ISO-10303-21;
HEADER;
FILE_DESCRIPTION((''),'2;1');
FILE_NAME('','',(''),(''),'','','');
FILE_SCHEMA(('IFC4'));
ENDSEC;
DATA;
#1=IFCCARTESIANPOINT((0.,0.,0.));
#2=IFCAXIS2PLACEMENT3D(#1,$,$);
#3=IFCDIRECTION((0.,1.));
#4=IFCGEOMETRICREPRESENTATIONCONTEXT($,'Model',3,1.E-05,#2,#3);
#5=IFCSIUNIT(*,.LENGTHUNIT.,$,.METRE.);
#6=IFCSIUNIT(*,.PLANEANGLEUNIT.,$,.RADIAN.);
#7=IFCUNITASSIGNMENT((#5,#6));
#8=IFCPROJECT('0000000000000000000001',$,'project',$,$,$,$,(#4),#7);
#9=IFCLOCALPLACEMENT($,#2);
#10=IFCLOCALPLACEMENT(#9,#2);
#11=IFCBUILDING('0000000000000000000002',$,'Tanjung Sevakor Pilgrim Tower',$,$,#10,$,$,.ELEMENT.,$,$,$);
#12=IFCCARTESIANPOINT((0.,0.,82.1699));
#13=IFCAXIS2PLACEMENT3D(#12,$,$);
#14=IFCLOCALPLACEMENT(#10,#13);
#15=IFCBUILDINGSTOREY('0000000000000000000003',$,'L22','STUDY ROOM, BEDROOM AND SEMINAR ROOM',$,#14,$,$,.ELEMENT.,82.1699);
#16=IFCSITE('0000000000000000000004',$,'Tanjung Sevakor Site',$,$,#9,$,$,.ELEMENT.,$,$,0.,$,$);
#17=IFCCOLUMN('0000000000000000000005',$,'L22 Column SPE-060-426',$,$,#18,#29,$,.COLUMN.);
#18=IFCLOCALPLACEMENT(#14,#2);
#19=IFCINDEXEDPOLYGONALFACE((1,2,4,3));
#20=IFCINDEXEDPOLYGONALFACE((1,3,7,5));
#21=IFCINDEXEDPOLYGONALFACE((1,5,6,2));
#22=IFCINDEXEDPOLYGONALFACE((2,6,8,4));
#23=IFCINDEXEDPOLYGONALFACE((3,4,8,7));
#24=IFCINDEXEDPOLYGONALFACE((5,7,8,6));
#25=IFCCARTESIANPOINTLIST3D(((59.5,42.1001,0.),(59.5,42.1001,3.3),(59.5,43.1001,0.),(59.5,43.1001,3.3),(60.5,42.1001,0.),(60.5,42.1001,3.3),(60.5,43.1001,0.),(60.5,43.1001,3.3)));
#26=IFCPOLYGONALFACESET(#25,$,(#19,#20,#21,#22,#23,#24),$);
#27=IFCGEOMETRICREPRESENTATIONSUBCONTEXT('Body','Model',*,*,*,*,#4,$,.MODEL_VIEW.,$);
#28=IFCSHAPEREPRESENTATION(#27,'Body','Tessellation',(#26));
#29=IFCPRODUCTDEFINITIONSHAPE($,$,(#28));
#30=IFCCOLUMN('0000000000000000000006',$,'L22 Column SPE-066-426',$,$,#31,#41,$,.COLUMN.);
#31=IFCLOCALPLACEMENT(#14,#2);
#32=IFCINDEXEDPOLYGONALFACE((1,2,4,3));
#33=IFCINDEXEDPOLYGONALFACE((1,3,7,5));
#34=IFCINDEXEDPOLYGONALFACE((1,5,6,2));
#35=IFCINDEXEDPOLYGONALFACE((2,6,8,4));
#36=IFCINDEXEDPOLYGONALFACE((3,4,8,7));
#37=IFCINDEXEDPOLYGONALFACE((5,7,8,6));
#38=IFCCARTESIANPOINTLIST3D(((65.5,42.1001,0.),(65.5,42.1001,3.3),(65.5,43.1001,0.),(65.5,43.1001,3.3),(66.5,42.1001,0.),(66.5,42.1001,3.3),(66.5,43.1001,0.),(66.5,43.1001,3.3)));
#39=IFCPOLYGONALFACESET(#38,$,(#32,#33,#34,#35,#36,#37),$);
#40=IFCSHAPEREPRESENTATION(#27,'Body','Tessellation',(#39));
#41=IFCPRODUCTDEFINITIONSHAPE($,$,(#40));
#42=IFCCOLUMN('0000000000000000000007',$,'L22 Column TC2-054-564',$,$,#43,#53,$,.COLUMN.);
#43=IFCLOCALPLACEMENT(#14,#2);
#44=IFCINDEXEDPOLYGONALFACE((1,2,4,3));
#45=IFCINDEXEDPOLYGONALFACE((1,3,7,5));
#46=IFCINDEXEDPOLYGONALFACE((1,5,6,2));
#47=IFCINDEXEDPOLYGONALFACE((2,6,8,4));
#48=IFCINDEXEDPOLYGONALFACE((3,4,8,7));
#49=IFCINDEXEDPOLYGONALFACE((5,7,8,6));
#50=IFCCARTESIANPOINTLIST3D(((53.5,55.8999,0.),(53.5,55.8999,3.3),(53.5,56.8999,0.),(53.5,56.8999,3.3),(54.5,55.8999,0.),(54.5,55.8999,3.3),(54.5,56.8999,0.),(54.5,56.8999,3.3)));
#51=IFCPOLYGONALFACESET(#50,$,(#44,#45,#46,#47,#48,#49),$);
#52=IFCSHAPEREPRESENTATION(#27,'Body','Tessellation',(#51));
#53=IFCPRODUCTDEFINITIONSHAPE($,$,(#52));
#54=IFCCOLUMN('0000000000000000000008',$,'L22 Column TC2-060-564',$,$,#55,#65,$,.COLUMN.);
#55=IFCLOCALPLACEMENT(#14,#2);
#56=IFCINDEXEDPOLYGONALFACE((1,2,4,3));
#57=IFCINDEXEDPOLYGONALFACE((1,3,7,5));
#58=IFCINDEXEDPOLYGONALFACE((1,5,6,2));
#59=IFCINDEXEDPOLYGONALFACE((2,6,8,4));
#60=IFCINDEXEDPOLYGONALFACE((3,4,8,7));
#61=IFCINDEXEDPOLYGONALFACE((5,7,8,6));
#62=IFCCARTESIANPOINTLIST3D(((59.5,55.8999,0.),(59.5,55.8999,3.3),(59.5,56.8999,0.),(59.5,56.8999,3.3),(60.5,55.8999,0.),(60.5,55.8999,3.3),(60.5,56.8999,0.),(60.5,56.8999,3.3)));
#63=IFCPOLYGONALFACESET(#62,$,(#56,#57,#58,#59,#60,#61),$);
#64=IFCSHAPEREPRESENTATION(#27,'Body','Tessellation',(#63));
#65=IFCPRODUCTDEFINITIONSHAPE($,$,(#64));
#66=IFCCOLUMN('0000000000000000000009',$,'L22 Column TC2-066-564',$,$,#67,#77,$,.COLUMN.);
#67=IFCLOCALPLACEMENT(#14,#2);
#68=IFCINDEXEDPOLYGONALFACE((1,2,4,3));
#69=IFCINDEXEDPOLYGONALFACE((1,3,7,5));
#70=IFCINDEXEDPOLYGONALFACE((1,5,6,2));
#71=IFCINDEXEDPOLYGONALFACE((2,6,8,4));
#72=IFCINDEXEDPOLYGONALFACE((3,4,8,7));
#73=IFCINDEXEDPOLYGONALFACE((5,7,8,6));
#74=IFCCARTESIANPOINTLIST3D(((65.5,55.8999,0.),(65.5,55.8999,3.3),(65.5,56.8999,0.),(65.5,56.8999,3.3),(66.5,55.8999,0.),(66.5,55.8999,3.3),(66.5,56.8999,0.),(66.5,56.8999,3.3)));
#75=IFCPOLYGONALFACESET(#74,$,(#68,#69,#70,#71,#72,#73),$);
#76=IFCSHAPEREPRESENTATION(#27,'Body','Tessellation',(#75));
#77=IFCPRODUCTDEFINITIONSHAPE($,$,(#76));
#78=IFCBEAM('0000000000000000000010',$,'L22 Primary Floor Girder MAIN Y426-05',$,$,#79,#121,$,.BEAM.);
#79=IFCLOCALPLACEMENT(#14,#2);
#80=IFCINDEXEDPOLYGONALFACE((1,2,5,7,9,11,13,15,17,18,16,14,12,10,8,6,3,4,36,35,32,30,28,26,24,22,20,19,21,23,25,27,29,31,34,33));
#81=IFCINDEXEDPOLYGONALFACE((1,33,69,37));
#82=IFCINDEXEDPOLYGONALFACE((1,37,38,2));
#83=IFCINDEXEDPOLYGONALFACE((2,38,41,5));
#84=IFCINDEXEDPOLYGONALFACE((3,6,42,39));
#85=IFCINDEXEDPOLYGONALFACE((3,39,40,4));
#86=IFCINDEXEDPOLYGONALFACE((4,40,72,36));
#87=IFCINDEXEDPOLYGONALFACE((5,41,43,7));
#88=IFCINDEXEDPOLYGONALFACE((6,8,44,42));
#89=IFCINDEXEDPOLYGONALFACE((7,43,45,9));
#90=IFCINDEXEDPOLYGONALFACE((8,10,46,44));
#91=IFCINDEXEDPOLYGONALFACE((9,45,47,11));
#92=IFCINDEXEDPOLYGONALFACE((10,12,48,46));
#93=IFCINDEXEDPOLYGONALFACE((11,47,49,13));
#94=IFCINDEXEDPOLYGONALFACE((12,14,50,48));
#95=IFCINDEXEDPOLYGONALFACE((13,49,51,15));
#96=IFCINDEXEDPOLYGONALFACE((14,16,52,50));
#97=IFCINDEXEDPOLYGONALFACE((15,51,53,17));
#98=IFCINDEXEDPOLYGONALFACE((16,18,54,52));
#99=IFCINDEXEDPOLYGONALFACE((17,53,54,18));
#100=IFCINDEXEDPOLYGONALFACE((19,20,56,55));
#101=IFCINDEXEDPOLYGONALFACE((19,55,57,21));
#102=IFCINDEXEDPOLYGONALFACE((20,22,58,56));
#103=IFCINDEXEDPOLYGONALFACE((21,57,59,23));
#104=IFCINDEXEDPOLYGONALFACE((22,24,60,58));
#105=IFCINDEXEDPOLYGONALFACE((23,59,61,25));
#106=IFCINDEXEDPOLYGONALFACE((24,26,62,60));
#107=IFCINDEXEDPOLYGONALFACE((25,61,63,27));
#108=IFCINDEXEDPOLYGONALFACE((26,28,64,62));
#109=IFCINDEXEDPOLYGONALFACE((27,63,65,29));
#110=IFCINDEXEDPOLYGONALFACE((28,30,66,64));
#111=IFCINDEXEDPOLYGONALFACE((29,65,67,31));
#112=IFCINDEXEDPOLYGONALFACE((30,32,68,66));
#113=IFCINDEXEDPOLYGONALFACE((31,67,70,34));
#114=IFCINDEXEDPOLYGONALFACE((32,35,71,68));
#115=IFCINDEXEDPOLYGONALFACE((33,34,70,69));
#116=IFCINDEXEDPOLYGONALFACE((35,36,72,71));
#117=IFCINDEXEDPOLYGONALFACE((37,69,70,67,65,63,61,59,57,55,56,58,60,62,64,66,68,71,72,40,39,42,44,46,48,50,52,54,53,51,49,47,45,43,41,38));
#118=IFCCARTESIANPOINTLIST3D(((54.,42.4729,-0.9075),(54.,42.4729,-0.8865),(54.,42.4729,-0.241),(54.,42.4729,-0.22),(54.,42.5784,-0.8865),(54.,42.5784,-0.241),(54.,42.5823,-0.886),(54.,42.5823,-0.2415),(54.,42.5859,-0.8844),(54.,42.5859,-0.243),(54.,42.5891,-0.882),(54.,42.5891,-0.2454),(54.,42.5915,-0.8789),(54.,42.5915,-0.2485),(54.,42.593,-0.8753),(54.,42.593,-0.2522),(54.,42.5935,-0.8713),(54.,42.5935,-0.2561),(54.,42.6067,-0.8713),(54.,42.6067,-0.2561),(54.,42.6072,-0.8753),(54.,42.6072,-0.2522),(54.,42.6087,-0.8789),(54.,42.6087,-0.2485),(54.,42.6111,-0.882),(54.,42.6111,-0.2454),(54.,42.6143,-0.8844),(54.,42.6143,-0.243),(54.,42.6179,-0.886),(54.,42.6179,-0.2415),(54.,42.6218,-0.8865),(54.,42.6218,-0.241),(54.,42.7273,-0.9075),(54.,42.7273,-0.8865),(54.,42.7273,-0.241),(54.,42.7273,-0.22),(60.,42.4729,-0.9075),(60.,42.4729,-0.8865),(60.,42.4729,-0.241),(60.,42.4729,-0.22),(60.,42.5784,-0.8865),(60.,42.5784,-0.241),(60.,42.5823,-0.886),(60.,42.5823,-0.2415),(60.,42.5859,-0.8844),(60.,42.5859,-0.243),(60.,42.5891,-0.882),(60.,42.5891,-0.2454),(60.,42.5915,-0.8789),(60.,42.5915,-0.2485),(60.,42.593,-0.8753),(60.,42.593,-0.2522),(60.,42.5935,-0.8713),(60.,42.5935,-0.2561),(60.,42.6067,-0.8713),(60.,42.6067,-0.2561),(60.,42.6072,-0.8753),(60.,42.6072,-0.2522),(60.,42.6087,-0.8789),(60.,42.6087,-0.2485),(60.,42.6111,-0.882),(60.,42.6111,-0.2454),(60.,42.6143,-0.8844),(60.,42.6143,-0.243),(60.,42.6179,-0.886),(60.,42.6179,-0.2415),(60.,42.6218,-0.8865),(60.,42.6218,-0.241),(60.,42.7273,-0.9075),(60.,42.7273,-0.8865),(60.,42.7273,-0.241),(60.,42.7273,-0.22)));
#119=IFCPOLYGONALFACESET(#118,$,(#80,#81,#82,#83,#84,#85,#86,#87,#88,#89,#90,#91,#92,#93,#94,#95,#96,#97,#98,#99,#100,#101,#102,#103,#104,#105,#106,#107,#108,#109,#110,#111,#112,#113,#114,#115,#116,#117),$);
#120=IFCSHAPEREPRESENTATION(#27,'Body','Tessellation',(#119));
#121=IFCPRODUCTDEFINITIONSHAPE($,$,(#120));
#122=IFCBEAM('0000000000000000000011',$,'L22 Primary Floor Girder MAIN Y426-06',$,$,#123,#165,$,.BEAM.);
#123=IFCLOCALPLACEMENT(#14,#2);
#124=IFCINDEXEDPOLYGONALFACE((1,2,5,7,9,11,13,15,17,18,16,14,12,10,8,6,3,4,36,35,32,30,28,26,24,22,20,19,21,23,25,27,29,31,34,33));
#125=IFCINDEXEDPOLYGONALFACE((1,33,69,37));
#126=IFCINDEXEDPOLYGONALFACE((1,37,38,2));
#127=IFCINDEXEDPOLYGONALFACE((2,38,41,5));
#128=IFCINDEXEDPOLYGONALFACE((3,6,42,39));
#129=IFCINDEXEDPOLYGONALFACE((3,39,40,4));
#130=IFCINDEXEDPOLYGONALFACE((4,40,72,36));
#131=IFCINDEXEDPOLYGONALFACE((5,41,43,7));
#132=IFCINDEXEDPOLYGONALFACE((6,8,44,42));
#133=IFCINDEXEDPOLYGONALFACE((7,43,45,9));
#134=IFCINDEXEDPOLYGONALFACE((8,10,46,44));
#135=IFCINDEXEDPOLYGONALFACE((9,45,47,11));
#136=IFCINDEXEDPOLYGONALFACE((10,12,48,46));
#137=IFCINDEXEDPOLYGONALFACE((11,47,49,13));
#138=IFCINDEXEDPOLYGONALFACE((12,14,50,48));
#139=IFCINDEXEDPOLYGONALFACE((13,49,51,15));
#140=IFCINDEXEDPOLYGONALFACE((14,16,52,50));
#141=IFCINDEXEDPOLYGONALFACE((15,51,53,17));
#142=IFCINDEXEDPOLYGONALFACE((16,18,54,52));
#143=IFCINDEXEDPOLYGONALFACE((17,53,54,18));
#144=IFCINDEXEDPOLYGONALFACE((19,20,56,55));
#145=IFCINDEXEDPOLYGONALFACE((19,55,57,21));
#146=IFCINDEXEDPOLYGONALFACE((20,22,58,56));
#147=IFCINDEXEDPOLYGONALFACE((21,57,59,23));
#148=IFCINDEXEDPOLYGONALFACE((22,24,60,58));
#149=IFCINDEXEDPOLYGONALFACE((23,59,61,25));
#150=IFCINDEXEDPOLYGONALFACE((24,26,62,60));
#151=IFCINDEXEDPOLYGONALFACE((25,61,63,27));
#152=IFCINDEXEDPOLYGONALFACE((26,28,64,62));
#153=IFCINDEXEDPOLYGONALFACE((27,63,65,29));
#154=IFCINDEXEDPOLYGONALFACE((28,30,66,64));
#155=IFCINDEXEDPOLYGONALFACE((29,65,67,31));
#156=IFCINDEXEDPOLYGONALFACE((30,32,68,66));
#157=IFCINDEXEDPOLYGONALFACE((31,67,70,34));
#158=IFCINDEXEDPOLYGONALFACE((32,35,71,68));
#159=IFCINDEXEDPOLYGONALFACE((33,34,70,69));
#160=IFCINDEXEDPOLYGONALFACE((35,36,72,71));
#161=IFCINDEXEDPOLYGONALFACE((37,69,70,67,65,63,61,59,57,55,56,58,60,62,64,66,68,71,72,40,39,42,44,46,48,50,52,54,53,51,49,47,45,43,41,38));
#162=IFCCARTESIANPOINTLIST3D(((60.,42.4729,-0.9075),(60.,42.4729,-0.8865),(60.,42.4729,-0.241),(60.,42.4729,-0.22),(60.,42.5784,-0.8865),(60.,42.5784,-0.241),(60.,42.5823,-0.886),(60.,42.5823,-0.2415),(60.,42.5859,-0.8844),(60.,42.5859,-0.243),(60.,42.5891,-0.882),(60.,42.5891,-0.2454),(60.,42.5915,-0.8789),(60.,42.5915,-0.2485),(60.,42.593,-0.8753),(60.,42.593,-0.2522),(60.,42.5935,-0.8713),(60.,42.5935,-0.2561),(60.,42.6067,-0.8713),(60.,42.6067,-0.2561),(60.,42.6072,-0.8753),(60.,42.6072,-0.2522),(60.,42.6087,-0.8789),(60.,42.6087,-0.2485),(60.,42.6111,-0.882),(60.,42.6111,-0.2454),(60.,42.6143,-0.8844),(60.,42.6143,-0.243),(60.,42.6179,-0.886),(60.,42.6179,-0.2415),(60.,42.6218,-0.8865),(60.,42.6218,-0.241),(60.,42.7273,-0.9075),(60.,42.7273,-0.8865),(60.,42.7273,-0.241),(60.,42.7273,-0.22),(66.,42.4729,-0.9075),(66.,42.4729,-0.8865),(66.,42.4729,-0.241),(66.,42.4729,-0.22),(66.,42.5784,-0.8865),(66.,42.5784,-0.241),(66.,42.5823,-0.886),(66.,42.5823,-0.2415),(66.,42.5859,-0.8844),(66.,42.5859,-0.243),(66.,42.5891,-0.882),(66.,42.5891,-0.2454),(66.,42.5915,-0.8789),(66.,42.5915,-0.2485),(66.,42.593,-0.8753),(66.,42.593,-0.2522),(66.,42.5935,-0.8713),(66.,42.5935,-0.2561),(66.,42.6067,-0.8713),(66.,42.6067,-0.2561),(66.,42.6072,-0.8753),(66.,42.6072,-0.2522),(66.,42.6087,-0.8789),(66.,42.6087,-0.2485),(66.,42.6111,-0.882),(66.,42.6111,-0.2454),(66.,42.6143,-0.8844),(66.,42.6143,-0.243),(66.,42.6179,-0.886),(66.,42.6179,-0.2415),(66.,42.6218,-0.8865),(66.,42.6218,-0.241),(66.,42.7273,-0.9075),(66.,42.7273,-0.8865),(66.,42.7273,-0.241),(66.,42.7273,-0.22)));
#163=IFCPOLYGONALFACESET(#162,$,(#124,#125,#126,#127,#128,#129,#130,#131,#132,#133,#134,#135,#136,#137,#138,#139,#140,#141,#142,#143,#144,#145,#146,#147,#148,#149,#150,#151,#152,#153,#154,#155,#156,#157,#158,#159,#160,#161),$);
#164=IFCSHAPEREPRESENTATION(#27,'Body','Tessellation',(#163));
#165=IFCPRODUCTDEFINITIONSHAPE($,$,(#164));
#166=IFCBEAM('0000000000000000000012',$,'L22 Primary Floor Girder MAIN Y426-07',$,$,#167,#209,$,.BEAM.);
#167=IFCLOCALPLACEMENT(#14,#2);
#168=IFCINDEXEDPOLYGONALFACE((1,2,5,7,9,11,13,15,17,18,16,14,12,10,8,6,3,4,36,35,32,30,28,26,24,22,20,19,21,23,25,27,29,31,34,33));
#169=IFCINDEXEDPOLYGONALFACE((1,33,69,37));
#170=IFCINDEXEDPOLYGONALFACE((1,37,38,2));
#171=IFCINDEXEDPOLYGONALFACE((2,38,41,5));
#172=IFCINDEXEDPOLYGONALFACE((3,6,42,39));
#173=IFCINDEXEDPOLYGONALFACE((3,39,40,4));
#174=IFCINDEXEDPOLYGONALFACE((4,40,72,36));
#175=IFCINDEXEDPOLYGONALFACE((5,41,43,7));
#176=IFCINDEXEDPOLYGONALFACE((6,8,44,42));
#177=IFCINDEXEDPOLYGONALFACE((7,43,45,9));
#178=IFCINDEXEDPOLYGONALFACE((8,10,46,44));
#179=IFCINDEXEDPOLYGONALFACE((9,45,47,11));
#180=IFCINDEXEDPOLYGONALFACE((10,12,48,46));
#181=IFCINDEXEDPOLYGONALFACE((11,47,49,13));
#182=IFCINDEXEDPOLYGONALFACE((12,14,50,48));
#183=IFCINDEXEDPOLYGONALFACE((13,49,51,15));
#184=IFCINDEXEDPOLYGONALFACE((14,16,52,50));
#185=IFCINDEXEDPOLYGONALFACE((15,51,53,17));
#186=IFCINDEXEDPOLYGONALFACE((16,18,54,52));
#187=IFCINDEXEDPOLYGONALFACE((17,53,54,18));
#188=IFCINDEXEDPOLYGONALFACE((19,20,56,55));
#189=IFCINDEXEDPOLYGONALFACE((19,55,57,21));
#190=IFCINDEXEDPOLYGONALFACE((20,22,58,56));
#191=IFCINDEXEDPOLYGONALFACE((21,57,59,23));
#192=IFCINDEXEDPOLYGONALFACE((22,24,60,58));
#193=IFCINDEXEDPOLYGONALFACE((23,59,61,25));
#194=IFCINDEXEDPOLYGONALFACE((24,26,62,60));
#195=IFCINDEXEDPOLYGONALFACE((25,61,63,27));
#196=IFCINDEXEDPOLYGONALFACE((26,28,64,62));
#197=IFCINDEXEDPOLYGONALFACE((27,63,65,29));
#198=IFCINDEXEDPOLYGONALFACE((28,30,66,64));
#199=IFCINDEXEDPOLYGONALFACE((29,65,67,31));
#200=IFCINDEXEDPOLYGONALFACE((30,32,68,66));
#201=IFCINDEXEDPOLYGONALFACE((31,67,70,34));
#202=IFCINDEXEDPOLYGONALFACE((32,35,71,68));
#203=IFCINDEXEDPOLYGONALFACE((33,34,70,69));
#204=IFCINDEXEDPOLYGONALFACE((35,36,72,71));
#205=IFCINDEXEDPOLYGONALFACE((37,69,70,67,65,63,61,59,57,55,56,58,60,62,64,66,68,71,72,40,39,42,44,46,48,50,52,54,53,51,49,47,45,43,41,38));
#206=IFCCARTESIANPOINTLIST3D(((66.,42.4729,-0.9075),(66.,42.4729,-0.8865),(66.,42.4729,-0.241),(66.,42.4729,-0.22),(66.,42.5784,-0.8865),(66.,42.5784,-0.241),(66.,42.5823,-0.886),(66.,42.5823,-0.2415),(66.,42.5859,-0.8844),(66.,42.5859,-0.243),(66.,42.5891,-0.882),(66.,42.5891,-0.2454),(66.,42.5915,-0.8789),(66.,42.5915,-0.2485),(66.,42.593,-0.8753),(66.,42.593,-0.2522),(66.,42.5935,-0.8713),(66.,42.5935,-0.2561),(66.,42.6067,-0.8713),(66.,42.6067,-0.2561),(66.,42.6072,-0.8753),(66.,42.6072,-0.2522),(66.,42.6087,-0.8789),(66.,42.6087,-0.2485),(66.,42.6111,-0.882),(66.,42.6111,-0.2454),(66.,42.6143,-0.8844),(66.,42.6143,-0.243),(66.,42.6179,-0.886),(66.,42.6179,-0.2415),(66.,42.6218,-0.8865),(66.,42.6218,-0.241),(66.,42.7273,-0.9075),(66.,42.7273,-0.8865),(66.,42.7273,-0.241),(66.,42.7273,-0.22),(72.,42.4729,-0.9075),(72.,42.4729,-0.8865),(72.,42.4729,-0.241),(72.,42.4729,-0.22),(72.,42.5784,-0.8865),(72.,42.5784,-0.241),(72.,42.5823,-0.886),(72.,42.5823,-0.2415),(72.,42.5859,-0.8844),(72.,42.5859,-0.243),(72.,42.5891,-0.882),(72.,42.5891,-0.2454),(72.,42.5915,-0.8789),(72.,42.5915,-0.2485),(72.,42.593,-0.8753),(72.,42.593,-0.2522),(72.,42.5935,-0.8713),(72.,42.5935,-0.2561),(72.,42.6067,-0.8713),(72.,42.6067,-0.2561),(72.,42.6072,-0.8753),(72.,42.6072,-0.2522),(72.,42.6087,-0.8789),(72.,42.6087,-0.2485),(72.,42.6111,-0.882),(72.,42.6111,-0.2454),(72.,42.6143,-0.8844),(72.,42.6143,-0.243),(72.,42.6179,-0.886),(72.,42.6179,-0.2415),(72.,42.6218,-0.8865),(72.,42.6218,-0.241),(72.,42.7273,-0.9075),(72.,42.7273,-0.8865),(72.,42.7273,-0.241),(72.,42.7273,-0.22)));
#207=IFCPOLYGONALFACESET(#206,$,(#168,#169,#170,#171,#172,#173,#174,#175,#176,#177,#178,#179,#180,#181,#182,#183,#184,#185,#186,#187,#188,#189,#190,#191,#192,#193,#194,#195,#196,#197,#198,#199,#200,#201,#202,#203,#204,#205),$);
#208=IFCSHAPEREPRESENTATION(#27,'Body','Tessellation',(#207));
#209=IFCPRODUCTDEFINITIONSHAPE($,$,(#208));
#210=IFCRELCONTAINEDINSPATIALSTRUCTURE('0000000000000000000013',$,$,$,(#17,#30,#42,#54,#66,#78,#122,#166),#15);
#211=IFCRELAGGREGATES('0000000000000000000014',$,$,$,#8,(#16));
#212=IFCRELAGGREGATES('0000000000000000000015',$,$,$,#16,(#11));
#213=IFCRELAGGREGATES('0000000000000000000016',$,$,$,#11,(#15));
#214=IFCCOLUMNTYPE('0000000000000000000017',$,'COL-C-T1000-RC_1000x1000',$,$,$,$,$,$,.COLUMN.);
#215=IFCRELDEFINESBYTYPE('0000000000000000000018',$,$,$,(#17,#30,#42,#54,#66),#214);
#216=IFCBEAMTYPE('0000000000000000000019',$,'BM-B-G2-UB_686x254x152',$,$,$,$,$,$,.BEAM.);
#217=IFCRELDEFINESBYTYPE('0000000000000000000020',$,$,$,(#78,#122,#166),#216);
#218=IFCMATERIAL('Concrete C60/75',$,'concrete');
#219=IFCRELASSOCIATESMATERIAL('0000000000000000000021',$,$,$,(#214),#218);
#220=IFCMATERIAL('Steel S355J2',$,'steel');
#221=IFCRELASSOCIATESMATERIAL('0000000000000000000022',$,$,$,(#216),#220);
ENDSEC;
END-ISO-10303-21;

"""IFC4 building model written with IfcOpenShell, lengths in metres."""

from ifc_helpers import new_model, si_unit, direction, frame, origin, origin_2d, place, context, subcontext, project, spatial, rectangle, i_section, extrude, material, material_profile, profile_set, type_object, element, save


model = new_model("IFC4")

# Units and contexts
model_context = context("Model", 3, precision=1e-05, world=origin(), true_north=direction((0.0, 1.0)))
body_context = subcontext(model_context, "Body", "Model", "MODEL_VIEW")
ifc_project = project(units=[si_unit("LENGTHUNIT", "METRE"), si_unit("PLANEANGLEUNIT", "RADIAN")], contexts=[model_context])

# Site, building, storey
site_placement = place(None, origin())
site = spatial("IfcSite", under=ifc_project, at=site_placement, Name="Tanjung Sevakor Site", CompositionType="ELEMENT", RefElevation=0.0)
building_placement = place(site_placement, origin())
building = spatial("IfcBuilding", under=site, at=building_placement, Name="Tanjung Sevakor Pilgrim Tower", CompositionType="ELEMENT")
storey_placement = place(building_placement, frame((0.0, 0.0, 82.1699)))
storey = spatial("IfcBuildingStorey", under=building, at=storey_placement, Name="L22", Description="STUDY ROOM, BEDROOM AND SEMINAR ROOM", CompositionType="ELEMENT", Elevation=82.1699)

# Columns
ifc_material_1 = material(Name="Concrete C60/75", Category="concrete")
ifc_material_profile_1 = material_profile(ifc_material_1, rectangle(XDim=1.0, YDim=1.0, at=origin_2d()))
ifc_profile_set_1 = profile_set([ifc_material_profile_1], Name="Concrete C60/75")
column_type = type_object("IfcColumnType", Name="COL-C-T1000-RC_1000x1000", PredefinedType="COLUMN", material=ifc_profile_set_1)
for number, where, z_axis, x_axis, name in (
    (1, (60.0, 42.6001, 0.0), (0.0, 0.0, 1.0), (1.0, 0.0, 0.0), "L22 Column SPE-060-426"),
    (2, (66.0, 42.6001, 0.0), (0.0, 0.0, 1.0), (1.0, 0.0, 0.0), "L22 Column SPE-066-426"),
    (3, (54.0, 56.3999, 0.0), (0.0, 0.0, 1.0), (1.0, 0.0, 0.0), "L22 Column TC2-054-564"),
    (4, (60.0, 56.3999, 0.0), (0.0, 0.0, 1.0), (1.0, 0.0, 0.0), "L22 Column TC2-060-564"),
    (5, (66.0, 56.3999, 0.0), (0.0, 0.0, 1.0), (1.0, 0.0, 0.0), "L22 Column TC2-066-564"),
):
    element("IfcColumn", number, at=place(storey_placement, frame(where, z_axis=z_axis, x_axis=x_axis)), inside=storey, type_object=column_type, Name=name, PredefinedType="COLUMN", context=body_context, shape_type="SweptSolid", body=[
        extrude(rectangle(XDim=1.0, YDim=1.0, at=origin_2d()), origin(), (0.0, 0.0, 1.0), 3.3),
    ])

# Beams
ifc_material_2 = material(Name="Steel S355J2", Category="steel")
ifc_material_profile_2 = material_profile(ifc_material_2, i_section(OverallWidth=0.2544, OverallDepth=0.6875, WebThickness=0.0132, FlangeThickness=0.021, FilletRadius=0.0151, at=origin_2d()))
ifc_profile_set_2 = profile_set([ifc_material_profile_2], Name="Steel S355J2")
beam_type_1 = type_object("IfcBeamType", Name="BM-B-G2-UB_686x254x152", PredefinedType="BEAM", material=ifc_profile_set_2)
for number, where, z_axis, x_axis, name in (
    (6, (54.0, 42.6001, -0.5637), (1.0, 0.0, 0.0), (0.0, 1.0, 0.0), "L22 Primary Floor Girder MAIN Y426-05"),
    (7, (60.0, 42.6001, -0.5637), (1.0, 0.0, 0.0), (0.0, 1.0, 0.0), "L22 Primary Floor Girder MAIN Y426-06"),
    (8, (66.0, 42.6001, -0.5637), (1.0, 0.0, 0.0), (0.0, 1.0, 0.0), "L22 Primary Floor Girder MAIN Y426-07"),
):
    element("IfcBeam", number, at=place(storey_placement, frame(where, z_axis=z_axis, x_axis=x_axis)), inside=storey, type_object=beam_type_1, Name=name, PredefinedType="BEAM", context=body_context, shape_type="SweptSolid", body=[
        extrude(i_section(OverallWidth=0.2544, OverallDepth=0.6875, WebThickness=0.0132, FlangeThickness=0.021, FilletRadius=0.0151, at=origin_2d()), origin(), (0.0, 0.0, 1.0), 6.0),
    ])

save(model, "model.ifc")
